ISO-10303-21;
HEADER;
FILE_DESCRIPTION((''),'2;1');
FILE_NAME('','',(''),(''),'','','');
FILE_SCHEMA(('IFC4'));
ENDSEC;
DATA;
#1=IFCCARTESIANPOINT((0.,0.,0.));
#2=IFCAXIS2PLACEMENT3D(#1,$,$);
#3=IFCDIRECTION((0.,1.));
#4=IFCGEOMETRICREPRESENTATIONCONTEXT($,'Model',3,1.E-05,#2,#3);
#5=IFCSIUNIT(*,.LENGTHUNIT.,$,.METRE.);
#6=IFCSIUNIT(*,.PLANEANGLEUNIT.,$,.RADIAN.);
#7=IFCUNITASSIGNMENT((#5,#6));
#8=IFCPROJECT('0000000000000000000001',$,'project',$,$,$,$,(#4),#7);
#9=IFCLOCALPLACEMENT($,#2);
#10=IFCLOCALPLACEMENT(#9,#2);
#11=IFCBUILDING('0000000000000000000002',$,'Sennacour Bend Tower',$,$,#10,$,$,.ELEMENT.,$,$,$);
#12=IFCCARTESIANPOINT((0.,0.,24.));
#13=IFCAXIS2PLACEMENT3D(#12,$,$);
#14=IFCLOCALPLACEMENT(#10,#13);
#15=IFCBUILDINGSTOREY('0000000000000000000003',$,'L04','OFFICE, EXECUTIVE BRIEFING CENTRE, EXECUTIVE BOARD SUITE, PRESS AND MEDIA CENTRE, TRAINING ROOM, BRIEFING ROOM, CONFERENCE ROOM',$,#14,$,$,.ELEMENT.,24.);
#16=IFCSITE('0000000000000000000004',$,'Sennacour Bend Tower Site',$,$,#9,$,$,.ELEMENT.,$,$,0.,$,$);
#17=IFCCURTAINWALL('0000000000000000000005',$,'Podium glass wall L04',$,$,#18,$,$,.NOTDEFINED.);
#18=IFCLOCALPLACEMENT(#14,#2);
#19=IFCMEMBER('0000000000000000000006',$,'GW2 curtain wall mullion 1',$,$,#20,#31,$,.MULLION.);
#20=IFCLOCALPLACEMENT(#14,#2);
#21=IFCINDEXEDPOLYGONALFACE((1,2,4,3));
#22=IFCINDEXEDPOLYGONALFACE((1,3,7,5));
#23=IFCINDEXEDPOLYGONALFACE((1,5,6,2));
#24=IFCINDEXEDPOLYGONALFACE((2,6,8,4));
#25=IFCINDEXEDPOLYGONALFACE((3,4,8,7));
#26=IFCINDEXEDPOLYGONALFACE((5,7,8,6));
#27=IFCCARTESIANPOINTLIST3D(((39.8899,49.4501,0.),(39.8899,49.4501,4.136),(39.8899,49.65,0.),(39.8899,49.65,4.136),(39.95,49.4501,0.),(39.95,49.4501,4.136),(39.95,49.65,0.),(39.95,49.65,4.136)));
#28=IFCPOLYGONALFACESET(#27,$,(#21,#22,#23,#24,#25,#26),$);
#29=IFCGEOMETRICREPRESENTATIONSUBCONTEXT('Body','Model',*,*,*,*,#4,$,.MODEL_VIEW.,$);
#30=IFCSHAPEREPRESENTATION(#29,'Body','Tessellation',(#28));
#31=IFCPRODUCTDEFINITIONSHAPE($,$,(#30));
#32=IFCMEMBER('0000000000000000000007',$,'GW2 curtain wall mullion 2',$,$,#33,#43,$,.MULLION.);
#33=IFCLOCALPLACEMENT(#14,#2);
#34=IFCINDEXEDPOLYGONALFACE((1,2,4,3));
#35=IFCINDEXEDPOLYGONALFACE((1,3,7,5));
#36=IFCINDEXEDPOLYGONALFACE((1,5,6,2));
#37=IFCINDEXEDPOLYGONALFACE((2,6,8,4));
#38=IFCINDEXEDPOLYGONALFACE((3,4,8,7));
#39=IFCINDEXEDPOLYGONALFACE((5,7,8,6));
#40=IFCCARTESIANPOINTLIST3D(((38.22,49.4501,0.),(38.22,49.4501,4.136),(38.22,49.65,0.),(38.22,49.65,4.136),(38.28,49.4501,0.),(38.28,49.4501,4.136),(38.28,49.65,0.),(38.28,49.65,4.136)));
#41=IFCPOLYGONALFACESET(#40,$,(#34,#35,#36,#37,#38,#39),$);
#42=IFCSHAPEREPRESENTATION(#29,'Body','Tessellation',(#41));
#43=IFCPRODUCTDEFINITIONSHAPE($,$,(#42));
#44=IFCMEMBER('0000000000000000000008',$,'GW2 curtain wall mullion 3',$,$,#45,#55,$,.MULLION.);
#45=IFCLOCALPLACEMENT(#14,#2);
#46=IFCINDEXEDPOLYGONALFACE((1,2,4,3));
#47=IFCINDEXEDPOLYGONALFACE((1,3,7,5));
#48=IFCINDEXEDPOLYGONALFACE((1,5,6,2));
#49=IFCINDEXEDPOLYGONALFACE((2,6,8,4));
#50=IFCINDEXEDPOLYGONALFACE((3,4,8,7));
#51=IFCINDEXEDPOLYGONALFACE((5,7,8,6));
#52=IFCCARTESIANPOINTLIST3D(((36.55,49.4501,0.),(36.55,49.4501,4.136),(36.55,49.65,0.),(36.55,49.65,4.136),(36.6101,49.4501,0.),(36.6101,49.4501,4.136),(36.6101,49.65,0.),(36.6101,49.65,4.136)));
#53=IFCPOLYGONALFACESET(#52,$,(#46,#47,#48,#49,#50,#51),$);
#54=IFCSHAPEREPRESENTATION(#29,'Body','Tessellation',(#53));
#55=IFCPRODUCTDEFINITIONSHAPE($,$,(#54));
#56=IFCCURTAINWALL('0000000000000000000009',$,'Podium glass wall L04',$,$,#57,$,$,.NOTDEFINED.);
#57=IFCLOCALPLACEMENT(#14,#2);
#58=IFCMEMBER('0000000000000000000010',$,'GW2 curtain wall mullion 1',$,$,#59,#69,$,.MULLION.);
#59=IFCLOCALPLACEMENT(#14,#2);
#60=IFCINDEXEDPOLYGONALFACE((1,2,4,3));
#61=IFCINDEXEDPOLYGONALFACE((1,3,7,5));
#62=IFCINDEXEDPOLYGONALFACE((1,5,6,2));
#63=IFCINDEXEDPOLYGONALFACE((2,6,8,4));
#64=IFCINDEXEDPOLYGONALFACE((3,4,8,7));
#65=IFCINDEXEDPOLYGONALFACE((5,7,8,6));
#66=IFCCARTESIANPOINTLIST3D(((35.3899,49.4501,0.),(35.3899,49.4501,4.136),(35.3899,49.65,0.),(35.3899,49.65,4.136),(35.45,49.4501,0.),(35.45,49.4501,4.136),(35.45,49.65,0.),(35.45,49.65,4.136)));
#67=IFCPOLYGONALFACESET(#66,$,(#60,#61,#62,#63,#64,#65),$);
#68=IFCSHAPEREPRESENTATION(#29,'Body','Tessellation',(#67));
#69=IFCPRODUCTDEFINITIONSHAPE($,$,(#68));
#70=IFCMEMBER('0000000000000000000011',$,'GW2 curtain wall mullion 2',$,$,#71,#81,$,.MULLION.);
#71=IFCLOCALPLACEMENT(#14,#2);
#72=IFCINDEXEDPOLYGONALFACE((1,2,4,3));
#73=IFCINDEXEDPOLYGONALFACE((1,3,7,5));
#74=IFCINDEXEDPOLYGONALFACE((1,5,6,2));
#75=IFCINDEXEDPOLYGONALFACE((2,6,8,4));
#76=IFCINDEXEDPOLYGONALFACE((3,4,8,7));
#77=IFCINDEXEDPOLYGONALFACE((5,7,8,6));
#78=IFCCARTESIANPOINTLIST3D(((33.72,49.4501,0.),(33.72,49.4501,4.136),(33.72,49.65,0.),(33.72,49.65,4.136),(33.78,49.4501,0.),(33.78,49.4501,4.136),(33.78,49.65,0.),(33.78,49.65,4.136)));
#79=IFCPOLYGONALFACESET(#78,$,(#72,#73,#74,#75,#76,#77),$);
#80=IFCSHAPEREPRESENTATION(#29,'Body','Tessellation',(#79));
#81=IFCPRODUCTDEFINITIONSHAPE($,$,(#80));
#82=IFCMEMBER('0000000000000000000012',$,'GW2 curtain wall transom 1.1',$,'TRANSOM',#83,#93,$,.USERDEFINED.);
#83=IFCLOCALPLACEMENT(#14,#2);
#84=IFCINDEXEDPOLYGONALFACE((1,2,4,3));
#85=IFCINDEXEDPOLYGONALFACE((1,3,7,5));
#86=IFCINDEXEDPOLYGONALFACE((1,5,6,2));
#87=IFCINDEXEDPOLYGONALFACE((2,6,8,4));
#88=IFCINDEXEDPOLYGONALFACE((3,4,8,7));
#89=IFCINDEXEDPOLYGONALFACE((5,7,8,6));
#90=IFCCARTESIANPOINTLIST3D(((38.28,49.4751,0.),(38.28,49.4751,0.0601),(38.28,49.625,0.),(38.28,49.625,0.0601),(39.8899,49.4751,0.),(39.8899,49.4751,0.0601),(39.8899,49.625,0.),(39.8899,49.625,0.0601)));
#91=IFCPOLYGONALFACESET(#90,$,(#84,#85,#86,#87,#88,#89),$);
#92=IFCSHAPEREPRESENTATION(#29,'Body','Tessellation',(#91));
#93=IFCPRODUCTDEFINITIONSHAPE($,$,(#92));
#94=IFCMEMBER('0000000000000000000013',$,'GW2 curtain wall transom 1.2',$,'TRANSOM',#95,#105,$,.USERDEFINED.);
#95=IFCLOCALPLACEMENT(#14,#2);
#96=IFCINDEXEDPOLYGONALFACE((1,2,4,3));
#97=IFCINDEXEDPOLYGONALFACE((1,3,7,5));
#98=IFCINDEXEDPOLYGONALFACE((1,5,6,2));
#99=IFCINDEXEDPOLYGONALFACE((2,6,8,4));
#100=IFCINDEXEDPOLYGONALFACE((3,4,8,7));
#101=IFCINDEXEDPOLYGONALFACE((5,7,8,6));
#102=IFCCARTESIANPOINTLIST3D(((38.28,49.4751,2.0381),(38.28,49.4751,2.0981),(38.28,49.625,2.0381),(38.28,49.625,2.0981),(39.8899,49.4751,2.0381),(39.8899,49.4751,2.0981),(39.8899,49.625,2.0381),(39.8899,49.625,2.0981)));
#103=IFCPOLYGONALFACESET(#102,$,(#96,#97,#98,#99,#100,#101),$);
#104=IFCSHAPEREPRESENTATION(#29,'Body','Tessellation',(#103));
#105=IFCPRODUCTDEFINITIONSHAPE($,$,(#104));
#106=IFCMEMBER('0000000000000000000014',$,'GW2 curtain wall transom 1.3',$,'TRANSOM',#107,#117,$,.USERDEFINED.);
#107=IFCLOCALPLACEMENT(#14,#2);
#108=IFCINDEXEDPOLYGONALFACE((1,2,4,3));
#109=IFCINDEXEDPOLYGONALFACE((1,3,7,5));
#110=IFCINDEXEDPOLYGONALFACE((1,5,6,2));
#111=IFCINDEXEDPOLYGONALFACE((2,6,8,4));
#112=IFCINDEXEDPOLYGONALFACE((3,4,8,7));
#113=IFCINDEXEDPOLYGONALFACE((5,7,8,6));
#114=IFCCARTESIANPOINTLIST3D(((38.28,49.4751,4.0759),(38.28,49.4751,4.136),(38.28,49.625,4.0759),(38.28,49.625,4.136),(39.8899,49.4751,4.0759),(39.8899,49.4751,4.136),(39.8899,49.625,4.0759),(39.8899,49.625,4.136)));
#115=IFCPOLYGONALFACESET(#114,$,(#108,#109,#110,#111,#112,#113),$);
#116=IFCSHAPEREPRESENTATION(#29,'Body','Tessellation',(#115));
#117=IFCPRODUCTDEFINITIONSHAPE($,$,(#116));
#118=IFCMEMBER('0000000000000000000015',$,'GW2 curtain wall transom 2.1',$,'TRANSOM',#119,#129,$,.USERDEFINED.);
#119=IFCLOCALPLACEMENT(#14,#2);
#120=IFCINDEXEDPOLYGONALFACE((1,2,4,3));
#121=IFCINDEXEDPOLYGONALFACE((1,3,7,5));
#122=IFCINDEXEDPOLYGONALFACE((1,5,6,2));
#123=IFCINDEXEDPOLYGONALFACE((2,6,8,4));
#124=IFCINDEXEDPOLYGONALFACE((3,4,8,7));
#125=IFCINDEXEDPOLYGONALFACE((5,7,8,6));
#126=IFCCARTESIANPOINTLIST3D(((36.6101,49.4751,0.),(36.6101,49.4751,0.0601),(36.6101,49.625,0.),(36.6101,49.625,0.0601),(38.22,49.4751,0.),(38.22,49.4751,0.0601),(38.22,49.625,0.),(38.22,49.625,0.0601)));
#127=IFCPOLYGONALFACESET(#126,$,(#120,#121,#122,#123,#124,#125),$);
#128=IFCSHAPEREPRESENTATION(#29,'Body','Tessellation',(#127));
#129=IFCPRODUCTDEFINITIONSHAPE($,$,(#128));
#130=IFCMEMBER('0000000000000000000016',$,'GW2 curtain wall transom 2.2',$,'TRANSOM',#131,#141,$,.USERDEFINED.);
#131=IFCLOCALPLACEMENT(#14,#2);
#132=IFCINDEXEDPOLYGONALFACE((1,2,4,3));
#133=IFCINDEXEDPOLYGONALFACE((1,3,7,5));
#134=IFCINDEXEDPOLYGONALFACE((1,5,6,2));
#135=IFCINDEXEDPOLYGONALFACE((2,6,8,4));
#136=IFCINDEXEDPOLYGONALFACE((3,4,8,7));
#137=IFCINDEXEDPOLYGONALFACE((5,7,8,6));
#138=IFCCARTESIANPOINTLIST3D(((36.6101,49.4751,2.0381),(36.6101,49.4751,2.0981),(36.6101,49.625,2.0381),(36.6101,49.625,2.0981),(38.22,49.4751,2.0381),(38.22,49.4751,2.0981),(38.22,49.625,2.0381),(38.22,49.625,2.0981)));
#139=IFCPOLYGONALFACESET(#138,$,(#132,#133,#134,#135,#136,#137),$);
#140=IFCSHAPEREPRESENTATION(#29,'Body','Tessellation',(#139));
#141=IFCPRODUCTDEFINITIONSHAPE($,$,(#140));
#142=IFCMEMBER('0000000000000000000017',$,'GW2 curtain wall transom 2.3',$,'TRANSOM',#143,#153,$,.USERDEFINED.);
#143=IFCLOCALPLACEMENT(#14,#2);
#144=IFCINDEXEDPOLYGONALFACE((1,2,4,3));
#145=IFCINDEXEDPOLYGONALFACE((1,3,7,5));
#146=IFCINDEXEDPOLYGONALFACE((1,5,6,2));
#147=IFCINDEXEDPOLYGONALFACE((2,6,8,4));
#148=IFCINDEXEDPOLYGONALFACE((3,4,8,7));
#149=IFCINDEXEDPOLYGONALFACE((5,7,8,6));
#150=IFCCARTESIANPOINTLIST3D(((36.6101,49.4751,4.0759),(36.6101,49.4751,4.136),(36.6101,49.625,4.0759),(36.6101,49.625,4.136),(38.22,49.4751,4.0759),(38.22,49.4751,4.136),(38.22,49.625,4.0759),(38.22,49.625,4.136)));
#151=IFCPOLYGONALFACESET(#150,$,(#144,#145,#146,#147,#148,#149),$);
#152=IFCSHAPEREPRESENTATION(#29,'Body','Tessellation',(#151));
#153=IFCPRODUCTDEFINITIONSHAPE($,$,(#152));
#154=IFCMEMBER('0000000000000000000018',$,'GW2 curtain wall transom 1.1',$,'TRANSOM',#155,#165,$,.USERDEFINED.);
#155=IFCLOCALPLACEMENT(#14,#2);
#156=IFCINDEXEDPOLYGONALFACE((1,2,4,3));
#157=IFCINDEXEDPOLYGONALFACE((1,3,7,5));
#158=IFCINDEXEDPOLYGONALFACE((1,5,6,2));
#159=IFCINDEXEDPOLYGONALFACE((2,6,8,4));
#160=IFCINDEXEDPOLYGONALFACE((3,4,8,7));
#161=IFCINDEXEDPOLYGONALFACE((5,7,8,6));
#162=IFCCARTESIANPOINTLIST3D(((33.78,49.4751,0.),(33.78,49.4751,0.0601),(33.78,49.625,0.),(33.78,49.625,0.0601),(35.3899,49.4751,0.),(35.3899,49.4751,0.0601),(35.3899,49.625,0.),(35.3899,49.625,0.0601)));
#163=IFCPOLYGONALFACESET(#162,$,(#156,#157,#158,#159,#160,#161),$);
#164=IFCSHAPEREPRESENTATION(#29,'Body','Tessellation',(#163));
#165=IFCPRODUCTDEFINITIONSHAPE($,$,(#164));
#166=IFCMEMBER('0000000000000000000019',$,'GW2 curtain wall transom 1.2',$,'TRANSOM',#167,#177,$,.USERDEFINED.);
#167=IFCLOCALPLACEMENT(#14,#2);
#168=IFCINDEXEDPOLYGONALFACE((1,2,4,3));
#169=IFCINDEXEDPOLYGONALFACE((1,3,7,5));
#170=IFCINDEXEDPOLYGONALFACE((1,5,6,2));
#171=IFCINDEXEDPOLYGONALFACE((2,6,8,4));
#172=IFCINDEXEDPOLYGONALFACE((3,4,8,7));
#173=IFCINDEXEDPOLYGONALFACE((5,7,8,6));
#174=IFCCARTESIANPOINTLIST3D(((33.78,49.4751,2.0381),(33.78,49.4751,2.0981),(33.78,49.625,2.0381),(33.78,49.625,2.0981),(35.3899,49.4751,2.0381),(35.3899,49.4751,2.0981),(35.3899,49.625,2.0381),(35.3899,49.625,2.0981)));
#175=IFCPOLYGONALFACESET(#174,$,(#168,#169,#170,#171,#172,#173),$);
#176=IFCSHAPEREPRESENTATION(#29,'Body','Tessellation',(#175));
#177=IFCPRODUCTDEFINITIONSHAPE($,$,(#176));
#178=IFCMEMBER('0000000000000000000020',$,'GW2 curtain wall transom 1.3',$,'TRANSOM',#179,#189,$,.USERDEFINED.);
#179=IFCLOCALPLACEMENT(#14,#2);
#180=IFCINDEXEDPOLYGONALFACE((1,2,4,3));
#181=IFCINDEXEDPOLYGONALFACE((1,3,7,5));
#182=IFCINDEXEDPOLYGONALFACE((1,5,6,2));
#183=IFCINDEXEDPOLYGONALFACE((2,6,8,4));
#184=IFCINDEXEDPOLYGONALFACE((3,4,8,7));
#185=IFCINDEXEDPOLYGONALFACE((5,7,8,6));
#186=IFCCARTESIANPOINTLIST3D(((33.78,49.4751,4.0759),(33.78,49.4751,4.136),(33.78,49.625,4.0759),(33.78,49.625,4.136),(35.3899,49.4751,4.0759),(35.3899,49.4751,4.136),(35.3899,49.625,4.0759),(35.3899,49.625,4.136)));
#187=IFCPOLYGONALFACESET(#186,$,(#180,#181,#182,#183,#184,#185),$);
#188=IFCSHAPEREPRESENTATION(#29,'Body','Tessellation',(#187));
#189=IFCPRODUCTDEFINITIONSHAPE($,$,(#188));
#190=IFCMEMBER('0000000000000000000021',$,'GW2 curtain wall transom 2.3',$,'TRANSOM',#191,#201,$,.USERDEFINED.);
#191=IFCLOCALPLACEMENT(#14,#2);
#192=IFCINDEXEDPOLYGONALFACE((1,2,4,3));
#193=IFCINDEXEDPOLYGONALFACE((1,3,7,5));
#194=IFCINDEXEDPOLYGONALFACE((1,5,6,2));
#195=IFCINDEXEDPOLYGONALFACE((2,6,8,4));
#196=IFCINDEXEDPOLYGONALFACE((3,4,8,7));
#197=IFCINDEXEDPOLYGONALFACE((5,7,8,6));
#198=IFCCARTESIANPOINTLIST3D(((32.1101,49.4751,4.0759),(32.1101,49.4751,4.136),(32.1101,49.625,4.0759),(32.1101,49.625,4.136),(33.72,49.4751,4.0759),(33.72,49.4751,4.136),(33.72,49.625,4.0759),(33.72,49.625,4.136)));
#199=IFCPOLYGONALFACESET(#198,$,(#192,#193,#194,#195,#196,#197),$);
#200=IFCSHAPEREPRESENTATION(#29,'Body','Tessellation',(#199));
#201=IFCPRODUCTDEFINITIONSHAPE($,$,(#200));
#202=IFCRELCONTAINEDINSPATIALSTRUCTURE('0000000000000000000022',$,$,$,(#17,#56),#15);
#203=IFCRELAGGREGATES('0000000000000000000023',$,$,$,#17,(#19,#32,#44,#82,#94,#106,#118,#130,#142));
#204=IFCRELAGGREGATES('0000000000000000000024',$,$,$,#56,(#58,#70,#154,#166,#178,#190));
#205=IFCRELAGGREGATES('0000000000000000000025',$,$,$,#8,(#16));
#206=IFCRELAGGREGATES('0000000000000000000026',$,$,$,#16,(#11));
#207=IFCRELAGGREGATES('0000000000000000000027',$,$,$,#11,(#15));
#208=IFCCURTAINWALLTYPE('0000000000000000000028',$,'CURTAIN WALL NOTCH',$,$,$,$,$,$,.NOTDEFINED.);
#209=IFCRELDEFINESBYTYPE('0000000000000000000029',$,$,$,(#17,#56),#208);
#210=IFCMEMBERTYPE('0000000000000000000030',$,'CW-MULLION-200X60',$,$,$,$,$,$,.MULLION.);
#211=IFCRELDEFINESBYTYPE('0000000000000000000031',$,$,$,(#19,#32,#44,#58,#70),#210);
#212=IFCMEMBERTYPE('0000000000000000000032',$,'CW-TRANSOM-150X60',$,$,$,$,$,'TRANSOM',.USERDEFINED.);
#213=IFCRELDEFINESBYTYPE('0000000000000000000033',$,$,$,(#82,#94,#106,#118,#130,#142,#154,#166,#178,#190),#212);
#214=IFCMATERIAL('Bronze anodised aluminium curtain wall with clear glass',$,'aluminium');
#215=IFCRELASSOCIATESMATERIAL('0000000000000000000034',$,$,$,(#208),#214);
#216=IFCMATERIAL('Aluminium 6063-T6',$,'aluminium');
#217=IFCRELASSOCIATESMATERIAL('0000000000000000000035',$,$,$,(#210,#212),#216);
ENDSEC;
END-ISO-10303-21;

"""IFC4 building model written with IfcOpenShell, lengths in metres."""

from ifc_helpers import new_model, si_unit, direction, frame, origin, origin_2d, place, context, subcontext, project, spatial, rectangle, extrude, material, material_profile, profile_set, type_object, element, aggregate, save


model = new_model("IFC4")

# Units and contexts
model_context = context("Model", 3, precision=1e-05, world=origin(), true_north=direction((0.0, 1.0)))
body_context = subcontext(model_context, "Body", "Model", "MODEL_VIEW")
ifc_project = project(units=[si_unit("LENGTHUNIT", "METRE"), si_unit("PLANEANGLEUNIT", "RADIAN")], contexts=[model_context])

# Site, building, storey
site_placement = place(None, origin())
site = spatial("IfcSite", under=ifc_project, at=site_placement, Name="Sennacour Bend Tower Site", CompositionType="ELEMENT", RefElevation=0.0)
building_placement = place(site_placement, origin())
building = spatial("IfcBuilding", under=site, at=building_placement, Name="Sennacour Bend Tower", CompositionType="ELEMENT")
storey_placement = place(building_placement, frame((0.0, 0.0, 24.0)))
storey = spatial("IfcBuildingStorey", under=building, at=storey_placement, Name="L04", Description="OFFICE, EXECUTIVE BRIEFING CENTRE, EXECUTIVE BOARD SUITE, PRESS AND MEDIA CENTRE, TRAINING ROOM, BRIEFING ROOM, CONFERENCE ROOM", CompositionType="ELEMENT", Elevation=24.0)

# Curtain walls, members
ifc_material_1 = material(Name="Bronze anodised aluminium curtain wall with clear glass", Category="aluminium")
curtain_wall_type = type_object("IfcCurtainWallType", Name="CURTAIN WALL NOTCH", PredefinedType="NOTDEFINED", material=ifc_material_1)
curtain_wall_1_placement = place(storey_placement, origin())
curtain_wall_1 = element("IfcCurtainWall", 1, at=curtain_wall_1_placement, inside=storey, type_object=curtain_wall_type, Name="Podium glass wall L04", PredefinedType="NOTDEFINED")
ifc_material_2 = material(Name="Aluminium 6063-T6", Category="aluminium")
ifc_material_profile_1 = material_profile(ifc_material_2, rectangle(XDim=0.2, YDim=0.0601, at=origin_2d()), Name="Aluminium 6063-T6", Category="aluminium")
ifc_profile_set_1 = profile_set([ifc_material_profile_1], Name="Aluminium 6063-T6")
member_type_1 = type_object("IfcMemberType", Name="CW-MULLION-200X60", PredefinedType="MULLION", material=ifc_profile_set_1)
member_1_placement = place(storey_placement, frame((39.9199, 49.55, 0.0), z_axis=(0.0, 0.0, 1.0), x_axis=(0.0, -1.0, 0.0)))
member_1 = element("IfcMember", 2, at=member_1_placement, type_object=member_type_1, Name="GW2 curtain wall mullion 1", PredefinedType="MULLION", context=body_context, shape_type="SweptSolid", body=[
    extrude(rectangle(XDim=0.2, YDim=0.0601, at=origin_2d()), origin(), (0.0, 0.0, 1.0), 4.136),
])
member_2_placement = place(storey_placement, frame((38.25, 49.55, 0.0), z_axis=(0.0, 0.0, 1.0), x_axis=(0.0, -1.0, 0.0)))
member_2 = element("IfcMember", 3, at=member_2_placement, type_object=member_type_1, Name="GW2 curtain wall mullion 2", PredefinedType="MULLION", context=body_context, shape_type="SweptSolid", body=[
    extrude(rectangle(XDim=0.2, YDim=0.0601, at=origin_2d()), origin(), (0.0, 0.0, 1.0), 4.136),
])
member_3_placement = place(storey_placement, frame((36.5801, 49.55, 0.0), z_axis=(0.0, 0.0, 1.0), x_axis=(0.0, -1.0, 0.0)))
member_3 = element("IfcMember", 4, at=member_3_placement, type_object=member_type_1, Name="GW2 curtain wall mullion 3", PredefinedType="MULLION", context=body_context, shape_type="SweptSolid", body=[
    extrude(rectangle(XDim=0.2, YDim=0.0601, at=origin_2d()), origin(), (0.0, 0.0, 1.0), 4.136),
])
curtain_wall_2_placement = place(storey_placement, origin())
curtain_wall_2 = element("IfcCurtainWall", 5, at=curtain_wall_2_placement, inside=storey, type_object=curtain_wall_type, Name="Podium glass wall L04", PredefinedType="NOTDEFINED")
member_4_placement = place(storey_placement, frame((35.4199, 49.55, 0.0), z_axis=(0.0, 0.0, 1.0), x_axis=(0.0, -1.0, 0.0)))
member_4 = element("IfcMember", 6, at=member_4_placement, type_object=member_type_1, Name="GW2 curtain wall mullion 1", PredefinedType="MULLION", context=body_context, shape_type="SweptSolid", body=[
    extrude(rectangle(XDim=0.2, YDim=0.0601, at=origin_2d()), origin(), (0.0, 0.0, 1.0), 4.136),
])
member_5_placement = place(storey_placement, frame((33.75, 49.55, 0.0), z_axis=(0.0, 0.0, 1.0), x_axis=(0.0, -1.0, 0.0)))
member_5 = element("IfcMember", 7, at=member_5_placement, type_object=member_type_1, Name="GW2 curtain wall mullion 2", PredefinedType="MULLION", context=body_context, shape_type="SweptSolid", body=[
    extrude(rectangle(XDim=0.2, YDim=0.0601, at=origin_2d()), origin(), (0.0, 0.0, 1.0), 4.136),
])

# Members
ifc_material_profile_2 = material_profile(ifc_material_2, rectangle(XDim=0.1499, YDim=0.0601, at=origin_2d()), Name="Aluminium 6063-T6", Category="aluminium")
ifc_profile_set_2 = profile_set([ifc_material_profile_2], Name="Aluminium 6063-T6")
member_type_2 = type_object("IfcMemberType", Name="CW-TRANSOM-150X60", ElementType="TRANSOM", PredefinedType="USERDEFINED", material=ifc_profile_set_2)
member_6_placement = place(storey_placement, frame((39.8899, 49.55, 0.03), z_axis=(-1.0, 0.0, 0.0), x_axis=(0.0, -1.0, 0.0)))
member_6 = element("IfcMember", 8, at=member_6_placement, type_object=member_type_2, Name="GW2 curtain wall transom 1.1", ObjectType="TRANSOM", PredefinedType="USERDEFINED", context=body_context, shape_type="SweptSolid", body=[
    extrude(rectangle(XDim=0.1499, YDim=0.0601, at=origin_2d()), origin(), (0.0, 0.0, 1.0), 1.6099),
])
member_7_placement = place(storey_placement, frame((39.8899, 49.55, 2.0681), z_axis=(-1.0, 0.0, 0.0), x_axis=(0.0, -1.0, 0.0)))
member_7 = element("IfcMember", 9, at=member_7_placement, type_object=member_type_2, Name="GW2 curtain wall transom 1.2", ObjectType="TRANSOM", PredefinedType="USERDEFINED", context=body_context, shape_type="SweptSolid", body=[
    extrude(rectangle(XDim=0.1499, YDim=0.0601, at=origin_2d()), origin(), (0.0, 0.0, 1.0), 1.6099),
])
member_8_placement = place(storey_placement, frame((39.8899, 49.55, 4.106), z_axis=(-1.0, 0.0, 0.0), x_axis=(0.0, -1.0, 0.0)))
member_8 = element("IfcMember", 10, at=member_8_placement, type_object=member_type_2, Name="GW2 curtain wall transom 1.3", ObjectType="TRANSOM", PredefinedType="USERDEFINED", context=body_context, shape_type="SweptSolid", body=[
    extrude(rectangle(XDim=0.1499, YDim=0.0601, at=origin_2d()), origin(), (0.0, 0.0, 1.0), 1.6099),
])
member_9_placement = place(storey_placement, frame((38.22, 49.55, 0.03), z_axis=(-1.0, 0.0, 0.0), x_axis=(0.0, -1.0, 0.0)))
member_9 = element("IfcMember", 11, at=member_9_placement, type_object=member_type_2, Name="GW2 curtain wall transom 2.1", ObjectType="TRANSOM", PredefinedType="USERDEFINED", context=body_context, shape_type="SweptSolid", body=[
    extrude(rectangle(XDim=0.1499, YDim=0.0601, at=origin_2d()), origin(), (0.0, 0.0, 1.0), 1.6099),
])
member_10_placement = place(storey_placement, frame((38.22, 49.55, 2.0681), z_axis=(-1.0, 0.0, 0.0), x_axis=(0.0, -1.0, 0.0)))
member_10 = element("IfcMember", 12, at=member_10_placement, type_object=member_type_2, Name="GW2 curtain wall transom 2.2", ObjectType="TRANSOM", PredefinedType="USERDEFINED", context=body_context, shape_type="SweptSolid", body=[
    extrude(rectangle(XDim=0.1499, YDim=0.0601, at=origin_2d()), origin(), (0.0, 0.0, 1.0), 1.6099),
])
member_11_placement = place(storey_placement, frame((38.22, 49.55, 4.106), z_axis=(-1.0, 0.0, 0.0), x_axis=(0.0, -1.0, 0.0)))
member_11 = element("IfcMember", 13, at=member_11_placement, type_object=member_type_2, Name="GW2 curtain wall transom 2.3", ObjectType="TRANSOM", PredefinedType="USERDEFINED", context=body_context, shape_type="SweptSolid", body=[
    extrude(rectangle(XDim=0.1499, YDim=0.0601, at=origin_2d()), origin(), (0.0, 0.0, 1.0), 1.6099),
])
member_12_placement = place(storey_placement, frame((35.3899, 49.55, 0.03), z_axis=(-1.0, 0.0, 0.0), x_axis=(0.0, -1.0, 0.0)))
member_12 = element("IfcMember", 14, at=member_12_placement, type_object=member_type_2, Name="GW2 curtain wall transom 1.1", ObjectType="TRANSOM", PredefinedType="USERDEFINED", context=body_context, shape_type="SweptSolid", body=[
    extrude(rectangle(XDim=0.1499, YDim=0.0601, at=origin_2d()), origin(), (0.0, 0.0, 1.0), 1.6099),
])
member_13_placement = place(storey_placement, frame((35.3899, 49.55, 2.0681), z_axis=(-1.0, 0.0, 0.0), x_axis=(0.0, -1.0, 0.0)))
member_13 = element("IfcMember", 15, at=member_13_placement, type_object=member_type_2, Name="GW2 curtain wall transom 1.2", ObjectType="TRANSOM", PredefinedType="USERDEFINED", context=body_context, shape_type="SweptSolid", body=[
    extrude(rectangle(XDim=0.1499, YDim=0.0601, at=origin_2d()), origin(), (0.0, 0.0, 1.0), 1.6099),
])
member_14_placement = place(storey_placement, frame((35.3899, 49.55, 4.106), z_axis=(-1.0, 0.0, 0.0), x_axis=(0.0, -1.0, 0.0)))
member_14 = element("IfcMember", 16, at=member_14_placement, type_object=member_type_2, Name="GW2 curtain wall transom 1.3", ObjectType="TRANSOM", PredefinedType="USERDEFINED", context=body_context, shape_type="SweptSolid", body=[
    extrude(rectangle(XDim=0.1499, YDim=0.0601, at=origin_2d()), origin(), (0.0, 0.0, 1.0), 1.6099),
])
member_15_placement = place(storey_placement, frame((33.72, 49.55, 4.106), z_axis=(-1.0, 0.0, 0.0), x_axis=(0.0, -1.0, 0.0)))
member_15 = element("IfcMember", 17, at=member_15_placement, type_object=member_type_2, Name="GW2 curtain wall transom 2.3", ObjectType="TRANSOM", PredefinedType="USERDEFINED", context=body_context, shape_type="SweptSolid", body=[
    extrude(rectangle(XDim=0.1499, YDim=0.0601, at=origin_2d()), origin(), (0.0, 0.0, 1.0), 1.6099),
])

aggregate(curtain_wall_1, [member_1, member_2, member_3, member_6, member_7, member_8, member_9, member_10, member_11])
aggregate(curtain_wall_2, [member_4, member_5, member_12, member_13, member_14, member_15])

save(model, "model.ifc")
